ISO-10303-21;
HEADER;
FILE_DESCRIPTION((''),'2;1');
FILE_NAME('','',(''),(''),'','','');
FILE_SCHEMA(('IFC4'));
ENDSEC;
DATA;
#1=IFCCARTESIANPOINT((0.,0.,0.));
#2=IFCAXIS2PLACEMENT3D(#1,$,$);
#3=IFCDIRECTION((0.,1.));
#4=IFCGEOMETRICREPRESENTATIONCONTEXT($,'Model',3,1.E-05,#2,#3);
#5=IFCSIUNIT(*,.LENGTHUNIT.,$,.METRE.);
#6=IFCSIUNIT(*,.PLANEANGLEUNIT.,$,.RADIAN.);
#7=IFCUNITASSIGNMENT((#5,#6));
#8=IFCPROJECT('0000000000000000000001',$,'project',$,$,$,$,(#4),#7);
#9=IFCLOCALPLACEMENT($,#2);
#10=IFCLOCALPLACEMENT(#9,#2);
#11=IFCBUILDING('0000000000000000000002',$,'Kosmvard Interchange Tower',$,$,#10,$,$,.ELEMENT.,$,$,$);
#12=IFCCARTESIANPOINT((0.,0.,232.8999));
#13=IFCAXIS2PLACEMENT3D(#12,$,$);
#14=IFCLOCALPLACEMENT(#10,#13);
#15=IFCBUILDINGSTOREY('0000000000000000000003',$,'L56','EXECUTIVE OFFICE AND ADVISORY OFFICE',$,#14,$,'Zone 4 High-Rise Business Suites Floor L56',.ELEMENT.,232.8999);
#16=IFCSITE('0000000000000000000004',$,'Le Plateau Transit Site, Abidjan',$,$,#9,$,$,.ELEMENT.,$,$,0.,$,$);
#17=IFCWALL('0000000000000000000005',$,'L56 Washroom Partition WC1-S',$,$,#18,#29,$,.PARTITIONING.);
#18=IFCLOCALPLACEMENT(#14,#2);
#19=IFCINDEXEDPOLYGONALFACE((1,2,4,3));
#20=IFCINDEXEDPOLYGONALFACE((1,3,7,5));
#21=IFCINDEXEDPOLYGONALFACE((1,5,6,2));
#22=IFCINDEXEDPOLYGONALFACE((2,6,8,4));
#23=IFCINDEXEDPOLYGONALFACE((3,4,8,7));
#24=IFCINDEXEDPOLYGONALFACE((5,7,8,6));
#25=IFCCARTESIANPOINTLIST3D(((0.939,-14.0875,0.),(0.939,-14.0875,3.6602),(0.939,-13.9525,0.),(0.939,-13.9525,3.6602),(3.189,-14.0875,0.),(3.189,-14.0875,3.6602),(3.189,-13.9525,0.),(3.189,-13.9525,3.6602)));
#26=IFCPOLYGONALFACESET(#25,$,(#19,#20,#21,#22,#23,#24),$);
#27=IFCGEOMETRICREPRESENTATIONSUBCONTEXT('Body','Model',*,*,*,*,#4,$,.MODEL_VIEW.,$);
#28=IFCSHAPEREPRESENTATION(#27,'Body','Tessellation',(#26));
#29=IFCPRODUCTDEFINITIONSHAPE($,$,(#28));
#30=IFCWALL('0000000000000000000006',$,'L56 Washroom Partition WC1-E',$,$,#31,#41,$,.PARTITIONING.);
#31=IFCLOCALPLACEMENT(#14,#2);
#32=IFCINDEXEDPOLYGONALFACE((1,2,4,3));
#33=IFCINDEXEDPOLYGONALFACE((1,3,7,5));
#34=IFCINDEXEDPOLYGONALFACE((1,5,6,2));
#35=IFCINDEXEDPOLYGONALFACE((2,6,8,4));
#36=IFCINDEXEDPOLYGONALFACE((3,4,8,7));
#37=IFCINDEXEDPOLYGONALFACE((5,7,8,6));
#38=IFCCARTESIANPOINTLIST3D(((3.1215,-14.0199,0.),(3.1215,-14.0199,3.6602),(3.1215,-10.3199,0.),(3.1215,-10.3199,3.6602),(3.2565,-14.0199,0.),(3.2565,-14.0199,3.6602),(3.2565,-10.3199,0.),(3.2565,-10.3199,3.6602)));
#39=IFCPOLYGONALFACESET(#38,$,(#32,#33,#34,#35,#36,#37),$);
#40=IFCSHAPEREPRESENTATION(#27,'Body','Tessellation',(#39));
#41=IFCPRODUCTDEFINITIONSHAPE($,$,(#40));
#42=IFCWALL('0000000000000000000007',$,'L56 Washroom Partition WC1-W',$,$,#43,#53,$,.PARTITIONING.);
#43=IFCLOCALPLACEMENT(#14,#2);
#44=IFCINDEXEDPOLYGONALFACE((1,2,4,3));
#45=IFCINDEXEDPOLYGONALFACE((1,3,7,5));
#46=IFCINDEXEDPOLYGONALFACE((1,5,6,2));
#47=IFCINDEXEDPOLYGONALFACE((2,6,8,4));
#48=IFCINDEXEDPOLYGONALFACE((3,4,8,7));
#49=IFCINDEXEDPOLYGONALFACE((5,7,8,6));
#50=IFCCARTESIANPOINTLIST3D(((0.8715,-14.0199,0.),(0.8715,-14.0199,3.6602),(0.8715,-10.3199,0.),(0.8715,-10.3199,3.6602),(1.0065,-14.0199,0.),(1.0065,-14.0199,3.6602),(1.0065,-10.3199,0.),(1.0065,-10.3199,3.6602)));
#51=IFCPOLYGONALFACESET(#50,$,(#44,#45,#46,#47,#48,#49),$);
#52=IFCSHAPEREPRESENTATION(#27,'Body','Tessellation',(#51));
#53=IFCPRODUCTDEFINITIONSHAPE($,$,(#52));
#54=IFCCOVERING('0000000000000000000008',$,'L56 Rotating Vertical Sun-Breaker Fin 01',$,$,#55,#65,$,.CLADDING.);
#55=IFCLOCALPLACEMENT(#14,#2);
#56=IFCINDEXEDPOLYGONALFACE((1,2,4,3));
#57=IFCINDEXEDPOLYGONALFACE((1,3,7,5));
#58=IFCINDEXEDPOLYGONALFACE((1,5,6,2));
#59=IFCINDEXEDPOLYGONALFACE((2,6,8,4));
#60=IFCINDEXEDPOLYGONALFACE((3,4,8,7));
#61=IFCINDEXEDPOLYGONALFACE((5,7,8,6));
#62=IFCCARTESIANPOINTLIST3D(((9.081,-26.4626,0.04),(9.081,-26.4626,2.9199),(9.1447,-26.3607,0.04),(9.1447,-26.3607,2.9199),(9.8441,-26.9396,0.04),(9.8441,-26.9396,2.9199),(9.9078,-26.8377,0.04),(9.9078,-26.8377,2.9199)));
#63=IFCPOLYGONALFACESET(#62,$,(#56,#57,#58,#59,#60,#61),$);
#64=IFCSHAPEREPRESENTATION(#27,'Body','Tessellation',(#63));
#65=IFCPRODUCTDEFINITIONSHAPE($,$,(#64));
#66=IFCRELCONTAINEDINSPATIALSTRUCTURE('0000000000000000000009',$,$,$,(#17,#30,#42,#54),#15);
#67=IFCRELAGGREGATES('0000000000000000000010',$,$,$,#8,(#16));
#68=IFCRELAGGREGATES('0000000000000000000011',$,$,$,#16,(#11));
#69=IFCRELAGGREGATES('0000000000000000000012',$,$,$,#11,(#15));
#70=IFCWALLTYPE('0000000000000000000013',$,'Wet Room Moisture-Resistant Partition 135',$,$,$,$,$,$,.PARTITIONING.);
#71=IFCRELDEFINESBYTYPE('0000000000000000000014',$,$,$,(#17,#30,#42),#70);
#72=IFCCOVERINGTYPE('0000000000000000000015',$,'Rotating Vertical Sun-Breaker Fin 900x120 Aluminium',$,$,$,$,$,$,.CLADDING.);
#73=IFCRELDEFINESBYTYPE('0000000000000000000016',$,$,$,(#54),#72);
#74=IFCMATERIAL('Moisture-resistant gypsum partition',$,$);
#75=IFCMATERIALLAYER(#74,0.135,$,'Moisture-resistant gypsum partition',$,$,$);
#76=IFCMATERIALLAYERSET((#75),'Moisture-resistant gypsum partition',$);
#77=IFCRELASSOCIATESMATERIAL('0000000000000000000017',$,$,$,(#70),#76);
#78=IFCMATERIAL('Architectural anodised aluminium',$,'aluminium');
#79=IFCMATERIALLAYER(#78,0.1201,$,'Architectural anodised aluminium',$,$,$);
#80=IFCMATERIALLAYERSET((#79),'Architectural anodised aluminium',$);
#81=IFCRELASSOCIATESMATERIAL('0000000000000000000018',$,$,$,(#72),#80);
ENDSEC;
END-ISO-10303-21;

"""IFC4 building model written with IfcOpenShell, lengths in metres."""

from ifc_helpers import new_model, si_unit, direction, frame, frame_2d, origin, origin_2d, place, context, subcontext, project, spatial, rectangle, extrude, source, transform, mapped, material, layer, layer_set, type_object, element, save


model = new_model("IFC4")

# Units and contexts
model_context = context("Model", 3, precision=1e-05, world=origin(), true_north=direction((0.0, 1.0)))
body_context = subcontext(model_context, "Body", "Model", "MODEL_VIEW")
ifc_project = project(units=[si_unit("LENGTHUNIT", "METRE"), si_unit("PLANEANGLEUNIT", "RADIAN")], contexts=[model_context])

# Site, building, storey
site_placement = place(None, origin())
site = spatial("IfcSite", under=ifc_project, at=site_placement, Name="Le Plateau Transit Site, Abidjan", CompositionType="ELEMENT", RefElevation=0.0)
building_placement = place(site_placement, origin())
building = spatial("IfcBuilding", under=site, at=building_placement, Name="Kosmvard Interchange Tower", CompositionType="ELEMENT")
storey_placement = place(building_placement, frame((0.0, 0.0, 232.8999)))
storey = spatial("IfcBuildingStorey", under=building, at=storey_placement, Name="L56", Description="EXECUTIVE OFFICE AND ADVISORY OFFICE", LongName="Zone 4 High-Rise Business Suites Floor L56", CompositionType="ELEMENT", Elevation=232.8999)

# Walls
ifc_material_1 = material(Name="Moisture-resistant gypsum partition")
ifc_layer_1 = layer(ifc_material_1, 0.135, Name="Moisture-resistant gypsum partition")
ifc_layer_set_1 = layer_set([ifc_layer_1], Name="Moisture-resistant gypsum partition")
wall_type_1 = type_object("IfcWallType", Name="Wet Room Moisture-Resistant Partition 135", PredefinedType="PARTITIONING", material=ifc_layer_set_1)
wall_1_placement = place(storey_placement, frame((0.939, -14.02, 0.0), z_axis=(0.0, 0.0, 1.0), x_axis=(1.0, 0.0, 0.0)))
element("IfcWall", 1, at=wall_1_placement, inside=storey, type_object=wall_type_1, Name="L56 Washroom Partition WC1-S", PredefinedType="PARTITIONING", context=body_context, shape_type="SweptSolid", body=[
    extrude(rectangle(XDim=2.25, YDim=0.135, at=frame_2d((1.125, 0.0))), origin(), (0.0, 0.0, 1.0), 3.6602),
])
for number, where, z_axis, x_axis, name in (
    (2, (3.189, -14.02, 0.0), (0.0, 0.0, 1.0), (0.0, 1.0, 0.0), "L56 Washroom Partition WC1-E"),
    (3, (0.939, -14.02, 0.0), (0.0, 0.0, 1.0), (0.0, 1.0, 0.0), "L56 Washroom Partition WC1-W"),
):
    element("IfcWall", number, at=place(storey_placement, frame(where, z_axis=z_axis, x_axis=x_axis)), inside=storey, type_object=wall_type_1, Name=name, PredefinedType="PARTITIONING", context=body_context, shape_type="SweptSolid", body=[
        extrude(rectangle(XDim=3.7, YDim=0.135, at=frame_2d((1.8501, 0.0))), origin(), (0.0, 0.0, 1.0), 3.6602),
    ])

# Covering
ifc_material_2 = material(Name="Architectural anodised aluminium", Category="aluminium")
ifc_layer_2 = layer(ifc_material_2, 0.1201, Name="Architectural anodised aluminium")
ifc_layer_set_2 = layer_set([ifc_layer_2], Name="Architectural anodised aluminium")
covering_type = type_object("IfcCoveringType", Name="Rotating Vertical Sun-Breaker Fin 900x120 Aluminium", PredefinedType="CLADDING", material=ifc_layer_set_2)
shared_shape_1 = source(origin(), body_context, "Body", "SweptSolid", [
    extrude(rectangle(XDim=0.8999, YDim=0.1201, at=origin_2d()), origin(), (0.0, 0.0, 1.0), 2.8799),
])
covering_placement = place(storey_placement, frame((9.4944, -26.6501, 0.04), z_axis=(0.0, 0.0, 1.0), x_axis=(0.847956, -0.530067, 0.0)))
element("IfcCovering", 4, at=covering_placement, inside=storey, type_object=covering_type, Name="L56 Rotating Vertical Sun-Breaker Fin 01", PredefinedType="CLADDING", context=body_context, shape_type="MappedRepresentation", body=[
    mapped(shared_shape_1, transform((0.0, 0.0, 0.0), scale=1.0)),
])

save(model, "model.ifc")
